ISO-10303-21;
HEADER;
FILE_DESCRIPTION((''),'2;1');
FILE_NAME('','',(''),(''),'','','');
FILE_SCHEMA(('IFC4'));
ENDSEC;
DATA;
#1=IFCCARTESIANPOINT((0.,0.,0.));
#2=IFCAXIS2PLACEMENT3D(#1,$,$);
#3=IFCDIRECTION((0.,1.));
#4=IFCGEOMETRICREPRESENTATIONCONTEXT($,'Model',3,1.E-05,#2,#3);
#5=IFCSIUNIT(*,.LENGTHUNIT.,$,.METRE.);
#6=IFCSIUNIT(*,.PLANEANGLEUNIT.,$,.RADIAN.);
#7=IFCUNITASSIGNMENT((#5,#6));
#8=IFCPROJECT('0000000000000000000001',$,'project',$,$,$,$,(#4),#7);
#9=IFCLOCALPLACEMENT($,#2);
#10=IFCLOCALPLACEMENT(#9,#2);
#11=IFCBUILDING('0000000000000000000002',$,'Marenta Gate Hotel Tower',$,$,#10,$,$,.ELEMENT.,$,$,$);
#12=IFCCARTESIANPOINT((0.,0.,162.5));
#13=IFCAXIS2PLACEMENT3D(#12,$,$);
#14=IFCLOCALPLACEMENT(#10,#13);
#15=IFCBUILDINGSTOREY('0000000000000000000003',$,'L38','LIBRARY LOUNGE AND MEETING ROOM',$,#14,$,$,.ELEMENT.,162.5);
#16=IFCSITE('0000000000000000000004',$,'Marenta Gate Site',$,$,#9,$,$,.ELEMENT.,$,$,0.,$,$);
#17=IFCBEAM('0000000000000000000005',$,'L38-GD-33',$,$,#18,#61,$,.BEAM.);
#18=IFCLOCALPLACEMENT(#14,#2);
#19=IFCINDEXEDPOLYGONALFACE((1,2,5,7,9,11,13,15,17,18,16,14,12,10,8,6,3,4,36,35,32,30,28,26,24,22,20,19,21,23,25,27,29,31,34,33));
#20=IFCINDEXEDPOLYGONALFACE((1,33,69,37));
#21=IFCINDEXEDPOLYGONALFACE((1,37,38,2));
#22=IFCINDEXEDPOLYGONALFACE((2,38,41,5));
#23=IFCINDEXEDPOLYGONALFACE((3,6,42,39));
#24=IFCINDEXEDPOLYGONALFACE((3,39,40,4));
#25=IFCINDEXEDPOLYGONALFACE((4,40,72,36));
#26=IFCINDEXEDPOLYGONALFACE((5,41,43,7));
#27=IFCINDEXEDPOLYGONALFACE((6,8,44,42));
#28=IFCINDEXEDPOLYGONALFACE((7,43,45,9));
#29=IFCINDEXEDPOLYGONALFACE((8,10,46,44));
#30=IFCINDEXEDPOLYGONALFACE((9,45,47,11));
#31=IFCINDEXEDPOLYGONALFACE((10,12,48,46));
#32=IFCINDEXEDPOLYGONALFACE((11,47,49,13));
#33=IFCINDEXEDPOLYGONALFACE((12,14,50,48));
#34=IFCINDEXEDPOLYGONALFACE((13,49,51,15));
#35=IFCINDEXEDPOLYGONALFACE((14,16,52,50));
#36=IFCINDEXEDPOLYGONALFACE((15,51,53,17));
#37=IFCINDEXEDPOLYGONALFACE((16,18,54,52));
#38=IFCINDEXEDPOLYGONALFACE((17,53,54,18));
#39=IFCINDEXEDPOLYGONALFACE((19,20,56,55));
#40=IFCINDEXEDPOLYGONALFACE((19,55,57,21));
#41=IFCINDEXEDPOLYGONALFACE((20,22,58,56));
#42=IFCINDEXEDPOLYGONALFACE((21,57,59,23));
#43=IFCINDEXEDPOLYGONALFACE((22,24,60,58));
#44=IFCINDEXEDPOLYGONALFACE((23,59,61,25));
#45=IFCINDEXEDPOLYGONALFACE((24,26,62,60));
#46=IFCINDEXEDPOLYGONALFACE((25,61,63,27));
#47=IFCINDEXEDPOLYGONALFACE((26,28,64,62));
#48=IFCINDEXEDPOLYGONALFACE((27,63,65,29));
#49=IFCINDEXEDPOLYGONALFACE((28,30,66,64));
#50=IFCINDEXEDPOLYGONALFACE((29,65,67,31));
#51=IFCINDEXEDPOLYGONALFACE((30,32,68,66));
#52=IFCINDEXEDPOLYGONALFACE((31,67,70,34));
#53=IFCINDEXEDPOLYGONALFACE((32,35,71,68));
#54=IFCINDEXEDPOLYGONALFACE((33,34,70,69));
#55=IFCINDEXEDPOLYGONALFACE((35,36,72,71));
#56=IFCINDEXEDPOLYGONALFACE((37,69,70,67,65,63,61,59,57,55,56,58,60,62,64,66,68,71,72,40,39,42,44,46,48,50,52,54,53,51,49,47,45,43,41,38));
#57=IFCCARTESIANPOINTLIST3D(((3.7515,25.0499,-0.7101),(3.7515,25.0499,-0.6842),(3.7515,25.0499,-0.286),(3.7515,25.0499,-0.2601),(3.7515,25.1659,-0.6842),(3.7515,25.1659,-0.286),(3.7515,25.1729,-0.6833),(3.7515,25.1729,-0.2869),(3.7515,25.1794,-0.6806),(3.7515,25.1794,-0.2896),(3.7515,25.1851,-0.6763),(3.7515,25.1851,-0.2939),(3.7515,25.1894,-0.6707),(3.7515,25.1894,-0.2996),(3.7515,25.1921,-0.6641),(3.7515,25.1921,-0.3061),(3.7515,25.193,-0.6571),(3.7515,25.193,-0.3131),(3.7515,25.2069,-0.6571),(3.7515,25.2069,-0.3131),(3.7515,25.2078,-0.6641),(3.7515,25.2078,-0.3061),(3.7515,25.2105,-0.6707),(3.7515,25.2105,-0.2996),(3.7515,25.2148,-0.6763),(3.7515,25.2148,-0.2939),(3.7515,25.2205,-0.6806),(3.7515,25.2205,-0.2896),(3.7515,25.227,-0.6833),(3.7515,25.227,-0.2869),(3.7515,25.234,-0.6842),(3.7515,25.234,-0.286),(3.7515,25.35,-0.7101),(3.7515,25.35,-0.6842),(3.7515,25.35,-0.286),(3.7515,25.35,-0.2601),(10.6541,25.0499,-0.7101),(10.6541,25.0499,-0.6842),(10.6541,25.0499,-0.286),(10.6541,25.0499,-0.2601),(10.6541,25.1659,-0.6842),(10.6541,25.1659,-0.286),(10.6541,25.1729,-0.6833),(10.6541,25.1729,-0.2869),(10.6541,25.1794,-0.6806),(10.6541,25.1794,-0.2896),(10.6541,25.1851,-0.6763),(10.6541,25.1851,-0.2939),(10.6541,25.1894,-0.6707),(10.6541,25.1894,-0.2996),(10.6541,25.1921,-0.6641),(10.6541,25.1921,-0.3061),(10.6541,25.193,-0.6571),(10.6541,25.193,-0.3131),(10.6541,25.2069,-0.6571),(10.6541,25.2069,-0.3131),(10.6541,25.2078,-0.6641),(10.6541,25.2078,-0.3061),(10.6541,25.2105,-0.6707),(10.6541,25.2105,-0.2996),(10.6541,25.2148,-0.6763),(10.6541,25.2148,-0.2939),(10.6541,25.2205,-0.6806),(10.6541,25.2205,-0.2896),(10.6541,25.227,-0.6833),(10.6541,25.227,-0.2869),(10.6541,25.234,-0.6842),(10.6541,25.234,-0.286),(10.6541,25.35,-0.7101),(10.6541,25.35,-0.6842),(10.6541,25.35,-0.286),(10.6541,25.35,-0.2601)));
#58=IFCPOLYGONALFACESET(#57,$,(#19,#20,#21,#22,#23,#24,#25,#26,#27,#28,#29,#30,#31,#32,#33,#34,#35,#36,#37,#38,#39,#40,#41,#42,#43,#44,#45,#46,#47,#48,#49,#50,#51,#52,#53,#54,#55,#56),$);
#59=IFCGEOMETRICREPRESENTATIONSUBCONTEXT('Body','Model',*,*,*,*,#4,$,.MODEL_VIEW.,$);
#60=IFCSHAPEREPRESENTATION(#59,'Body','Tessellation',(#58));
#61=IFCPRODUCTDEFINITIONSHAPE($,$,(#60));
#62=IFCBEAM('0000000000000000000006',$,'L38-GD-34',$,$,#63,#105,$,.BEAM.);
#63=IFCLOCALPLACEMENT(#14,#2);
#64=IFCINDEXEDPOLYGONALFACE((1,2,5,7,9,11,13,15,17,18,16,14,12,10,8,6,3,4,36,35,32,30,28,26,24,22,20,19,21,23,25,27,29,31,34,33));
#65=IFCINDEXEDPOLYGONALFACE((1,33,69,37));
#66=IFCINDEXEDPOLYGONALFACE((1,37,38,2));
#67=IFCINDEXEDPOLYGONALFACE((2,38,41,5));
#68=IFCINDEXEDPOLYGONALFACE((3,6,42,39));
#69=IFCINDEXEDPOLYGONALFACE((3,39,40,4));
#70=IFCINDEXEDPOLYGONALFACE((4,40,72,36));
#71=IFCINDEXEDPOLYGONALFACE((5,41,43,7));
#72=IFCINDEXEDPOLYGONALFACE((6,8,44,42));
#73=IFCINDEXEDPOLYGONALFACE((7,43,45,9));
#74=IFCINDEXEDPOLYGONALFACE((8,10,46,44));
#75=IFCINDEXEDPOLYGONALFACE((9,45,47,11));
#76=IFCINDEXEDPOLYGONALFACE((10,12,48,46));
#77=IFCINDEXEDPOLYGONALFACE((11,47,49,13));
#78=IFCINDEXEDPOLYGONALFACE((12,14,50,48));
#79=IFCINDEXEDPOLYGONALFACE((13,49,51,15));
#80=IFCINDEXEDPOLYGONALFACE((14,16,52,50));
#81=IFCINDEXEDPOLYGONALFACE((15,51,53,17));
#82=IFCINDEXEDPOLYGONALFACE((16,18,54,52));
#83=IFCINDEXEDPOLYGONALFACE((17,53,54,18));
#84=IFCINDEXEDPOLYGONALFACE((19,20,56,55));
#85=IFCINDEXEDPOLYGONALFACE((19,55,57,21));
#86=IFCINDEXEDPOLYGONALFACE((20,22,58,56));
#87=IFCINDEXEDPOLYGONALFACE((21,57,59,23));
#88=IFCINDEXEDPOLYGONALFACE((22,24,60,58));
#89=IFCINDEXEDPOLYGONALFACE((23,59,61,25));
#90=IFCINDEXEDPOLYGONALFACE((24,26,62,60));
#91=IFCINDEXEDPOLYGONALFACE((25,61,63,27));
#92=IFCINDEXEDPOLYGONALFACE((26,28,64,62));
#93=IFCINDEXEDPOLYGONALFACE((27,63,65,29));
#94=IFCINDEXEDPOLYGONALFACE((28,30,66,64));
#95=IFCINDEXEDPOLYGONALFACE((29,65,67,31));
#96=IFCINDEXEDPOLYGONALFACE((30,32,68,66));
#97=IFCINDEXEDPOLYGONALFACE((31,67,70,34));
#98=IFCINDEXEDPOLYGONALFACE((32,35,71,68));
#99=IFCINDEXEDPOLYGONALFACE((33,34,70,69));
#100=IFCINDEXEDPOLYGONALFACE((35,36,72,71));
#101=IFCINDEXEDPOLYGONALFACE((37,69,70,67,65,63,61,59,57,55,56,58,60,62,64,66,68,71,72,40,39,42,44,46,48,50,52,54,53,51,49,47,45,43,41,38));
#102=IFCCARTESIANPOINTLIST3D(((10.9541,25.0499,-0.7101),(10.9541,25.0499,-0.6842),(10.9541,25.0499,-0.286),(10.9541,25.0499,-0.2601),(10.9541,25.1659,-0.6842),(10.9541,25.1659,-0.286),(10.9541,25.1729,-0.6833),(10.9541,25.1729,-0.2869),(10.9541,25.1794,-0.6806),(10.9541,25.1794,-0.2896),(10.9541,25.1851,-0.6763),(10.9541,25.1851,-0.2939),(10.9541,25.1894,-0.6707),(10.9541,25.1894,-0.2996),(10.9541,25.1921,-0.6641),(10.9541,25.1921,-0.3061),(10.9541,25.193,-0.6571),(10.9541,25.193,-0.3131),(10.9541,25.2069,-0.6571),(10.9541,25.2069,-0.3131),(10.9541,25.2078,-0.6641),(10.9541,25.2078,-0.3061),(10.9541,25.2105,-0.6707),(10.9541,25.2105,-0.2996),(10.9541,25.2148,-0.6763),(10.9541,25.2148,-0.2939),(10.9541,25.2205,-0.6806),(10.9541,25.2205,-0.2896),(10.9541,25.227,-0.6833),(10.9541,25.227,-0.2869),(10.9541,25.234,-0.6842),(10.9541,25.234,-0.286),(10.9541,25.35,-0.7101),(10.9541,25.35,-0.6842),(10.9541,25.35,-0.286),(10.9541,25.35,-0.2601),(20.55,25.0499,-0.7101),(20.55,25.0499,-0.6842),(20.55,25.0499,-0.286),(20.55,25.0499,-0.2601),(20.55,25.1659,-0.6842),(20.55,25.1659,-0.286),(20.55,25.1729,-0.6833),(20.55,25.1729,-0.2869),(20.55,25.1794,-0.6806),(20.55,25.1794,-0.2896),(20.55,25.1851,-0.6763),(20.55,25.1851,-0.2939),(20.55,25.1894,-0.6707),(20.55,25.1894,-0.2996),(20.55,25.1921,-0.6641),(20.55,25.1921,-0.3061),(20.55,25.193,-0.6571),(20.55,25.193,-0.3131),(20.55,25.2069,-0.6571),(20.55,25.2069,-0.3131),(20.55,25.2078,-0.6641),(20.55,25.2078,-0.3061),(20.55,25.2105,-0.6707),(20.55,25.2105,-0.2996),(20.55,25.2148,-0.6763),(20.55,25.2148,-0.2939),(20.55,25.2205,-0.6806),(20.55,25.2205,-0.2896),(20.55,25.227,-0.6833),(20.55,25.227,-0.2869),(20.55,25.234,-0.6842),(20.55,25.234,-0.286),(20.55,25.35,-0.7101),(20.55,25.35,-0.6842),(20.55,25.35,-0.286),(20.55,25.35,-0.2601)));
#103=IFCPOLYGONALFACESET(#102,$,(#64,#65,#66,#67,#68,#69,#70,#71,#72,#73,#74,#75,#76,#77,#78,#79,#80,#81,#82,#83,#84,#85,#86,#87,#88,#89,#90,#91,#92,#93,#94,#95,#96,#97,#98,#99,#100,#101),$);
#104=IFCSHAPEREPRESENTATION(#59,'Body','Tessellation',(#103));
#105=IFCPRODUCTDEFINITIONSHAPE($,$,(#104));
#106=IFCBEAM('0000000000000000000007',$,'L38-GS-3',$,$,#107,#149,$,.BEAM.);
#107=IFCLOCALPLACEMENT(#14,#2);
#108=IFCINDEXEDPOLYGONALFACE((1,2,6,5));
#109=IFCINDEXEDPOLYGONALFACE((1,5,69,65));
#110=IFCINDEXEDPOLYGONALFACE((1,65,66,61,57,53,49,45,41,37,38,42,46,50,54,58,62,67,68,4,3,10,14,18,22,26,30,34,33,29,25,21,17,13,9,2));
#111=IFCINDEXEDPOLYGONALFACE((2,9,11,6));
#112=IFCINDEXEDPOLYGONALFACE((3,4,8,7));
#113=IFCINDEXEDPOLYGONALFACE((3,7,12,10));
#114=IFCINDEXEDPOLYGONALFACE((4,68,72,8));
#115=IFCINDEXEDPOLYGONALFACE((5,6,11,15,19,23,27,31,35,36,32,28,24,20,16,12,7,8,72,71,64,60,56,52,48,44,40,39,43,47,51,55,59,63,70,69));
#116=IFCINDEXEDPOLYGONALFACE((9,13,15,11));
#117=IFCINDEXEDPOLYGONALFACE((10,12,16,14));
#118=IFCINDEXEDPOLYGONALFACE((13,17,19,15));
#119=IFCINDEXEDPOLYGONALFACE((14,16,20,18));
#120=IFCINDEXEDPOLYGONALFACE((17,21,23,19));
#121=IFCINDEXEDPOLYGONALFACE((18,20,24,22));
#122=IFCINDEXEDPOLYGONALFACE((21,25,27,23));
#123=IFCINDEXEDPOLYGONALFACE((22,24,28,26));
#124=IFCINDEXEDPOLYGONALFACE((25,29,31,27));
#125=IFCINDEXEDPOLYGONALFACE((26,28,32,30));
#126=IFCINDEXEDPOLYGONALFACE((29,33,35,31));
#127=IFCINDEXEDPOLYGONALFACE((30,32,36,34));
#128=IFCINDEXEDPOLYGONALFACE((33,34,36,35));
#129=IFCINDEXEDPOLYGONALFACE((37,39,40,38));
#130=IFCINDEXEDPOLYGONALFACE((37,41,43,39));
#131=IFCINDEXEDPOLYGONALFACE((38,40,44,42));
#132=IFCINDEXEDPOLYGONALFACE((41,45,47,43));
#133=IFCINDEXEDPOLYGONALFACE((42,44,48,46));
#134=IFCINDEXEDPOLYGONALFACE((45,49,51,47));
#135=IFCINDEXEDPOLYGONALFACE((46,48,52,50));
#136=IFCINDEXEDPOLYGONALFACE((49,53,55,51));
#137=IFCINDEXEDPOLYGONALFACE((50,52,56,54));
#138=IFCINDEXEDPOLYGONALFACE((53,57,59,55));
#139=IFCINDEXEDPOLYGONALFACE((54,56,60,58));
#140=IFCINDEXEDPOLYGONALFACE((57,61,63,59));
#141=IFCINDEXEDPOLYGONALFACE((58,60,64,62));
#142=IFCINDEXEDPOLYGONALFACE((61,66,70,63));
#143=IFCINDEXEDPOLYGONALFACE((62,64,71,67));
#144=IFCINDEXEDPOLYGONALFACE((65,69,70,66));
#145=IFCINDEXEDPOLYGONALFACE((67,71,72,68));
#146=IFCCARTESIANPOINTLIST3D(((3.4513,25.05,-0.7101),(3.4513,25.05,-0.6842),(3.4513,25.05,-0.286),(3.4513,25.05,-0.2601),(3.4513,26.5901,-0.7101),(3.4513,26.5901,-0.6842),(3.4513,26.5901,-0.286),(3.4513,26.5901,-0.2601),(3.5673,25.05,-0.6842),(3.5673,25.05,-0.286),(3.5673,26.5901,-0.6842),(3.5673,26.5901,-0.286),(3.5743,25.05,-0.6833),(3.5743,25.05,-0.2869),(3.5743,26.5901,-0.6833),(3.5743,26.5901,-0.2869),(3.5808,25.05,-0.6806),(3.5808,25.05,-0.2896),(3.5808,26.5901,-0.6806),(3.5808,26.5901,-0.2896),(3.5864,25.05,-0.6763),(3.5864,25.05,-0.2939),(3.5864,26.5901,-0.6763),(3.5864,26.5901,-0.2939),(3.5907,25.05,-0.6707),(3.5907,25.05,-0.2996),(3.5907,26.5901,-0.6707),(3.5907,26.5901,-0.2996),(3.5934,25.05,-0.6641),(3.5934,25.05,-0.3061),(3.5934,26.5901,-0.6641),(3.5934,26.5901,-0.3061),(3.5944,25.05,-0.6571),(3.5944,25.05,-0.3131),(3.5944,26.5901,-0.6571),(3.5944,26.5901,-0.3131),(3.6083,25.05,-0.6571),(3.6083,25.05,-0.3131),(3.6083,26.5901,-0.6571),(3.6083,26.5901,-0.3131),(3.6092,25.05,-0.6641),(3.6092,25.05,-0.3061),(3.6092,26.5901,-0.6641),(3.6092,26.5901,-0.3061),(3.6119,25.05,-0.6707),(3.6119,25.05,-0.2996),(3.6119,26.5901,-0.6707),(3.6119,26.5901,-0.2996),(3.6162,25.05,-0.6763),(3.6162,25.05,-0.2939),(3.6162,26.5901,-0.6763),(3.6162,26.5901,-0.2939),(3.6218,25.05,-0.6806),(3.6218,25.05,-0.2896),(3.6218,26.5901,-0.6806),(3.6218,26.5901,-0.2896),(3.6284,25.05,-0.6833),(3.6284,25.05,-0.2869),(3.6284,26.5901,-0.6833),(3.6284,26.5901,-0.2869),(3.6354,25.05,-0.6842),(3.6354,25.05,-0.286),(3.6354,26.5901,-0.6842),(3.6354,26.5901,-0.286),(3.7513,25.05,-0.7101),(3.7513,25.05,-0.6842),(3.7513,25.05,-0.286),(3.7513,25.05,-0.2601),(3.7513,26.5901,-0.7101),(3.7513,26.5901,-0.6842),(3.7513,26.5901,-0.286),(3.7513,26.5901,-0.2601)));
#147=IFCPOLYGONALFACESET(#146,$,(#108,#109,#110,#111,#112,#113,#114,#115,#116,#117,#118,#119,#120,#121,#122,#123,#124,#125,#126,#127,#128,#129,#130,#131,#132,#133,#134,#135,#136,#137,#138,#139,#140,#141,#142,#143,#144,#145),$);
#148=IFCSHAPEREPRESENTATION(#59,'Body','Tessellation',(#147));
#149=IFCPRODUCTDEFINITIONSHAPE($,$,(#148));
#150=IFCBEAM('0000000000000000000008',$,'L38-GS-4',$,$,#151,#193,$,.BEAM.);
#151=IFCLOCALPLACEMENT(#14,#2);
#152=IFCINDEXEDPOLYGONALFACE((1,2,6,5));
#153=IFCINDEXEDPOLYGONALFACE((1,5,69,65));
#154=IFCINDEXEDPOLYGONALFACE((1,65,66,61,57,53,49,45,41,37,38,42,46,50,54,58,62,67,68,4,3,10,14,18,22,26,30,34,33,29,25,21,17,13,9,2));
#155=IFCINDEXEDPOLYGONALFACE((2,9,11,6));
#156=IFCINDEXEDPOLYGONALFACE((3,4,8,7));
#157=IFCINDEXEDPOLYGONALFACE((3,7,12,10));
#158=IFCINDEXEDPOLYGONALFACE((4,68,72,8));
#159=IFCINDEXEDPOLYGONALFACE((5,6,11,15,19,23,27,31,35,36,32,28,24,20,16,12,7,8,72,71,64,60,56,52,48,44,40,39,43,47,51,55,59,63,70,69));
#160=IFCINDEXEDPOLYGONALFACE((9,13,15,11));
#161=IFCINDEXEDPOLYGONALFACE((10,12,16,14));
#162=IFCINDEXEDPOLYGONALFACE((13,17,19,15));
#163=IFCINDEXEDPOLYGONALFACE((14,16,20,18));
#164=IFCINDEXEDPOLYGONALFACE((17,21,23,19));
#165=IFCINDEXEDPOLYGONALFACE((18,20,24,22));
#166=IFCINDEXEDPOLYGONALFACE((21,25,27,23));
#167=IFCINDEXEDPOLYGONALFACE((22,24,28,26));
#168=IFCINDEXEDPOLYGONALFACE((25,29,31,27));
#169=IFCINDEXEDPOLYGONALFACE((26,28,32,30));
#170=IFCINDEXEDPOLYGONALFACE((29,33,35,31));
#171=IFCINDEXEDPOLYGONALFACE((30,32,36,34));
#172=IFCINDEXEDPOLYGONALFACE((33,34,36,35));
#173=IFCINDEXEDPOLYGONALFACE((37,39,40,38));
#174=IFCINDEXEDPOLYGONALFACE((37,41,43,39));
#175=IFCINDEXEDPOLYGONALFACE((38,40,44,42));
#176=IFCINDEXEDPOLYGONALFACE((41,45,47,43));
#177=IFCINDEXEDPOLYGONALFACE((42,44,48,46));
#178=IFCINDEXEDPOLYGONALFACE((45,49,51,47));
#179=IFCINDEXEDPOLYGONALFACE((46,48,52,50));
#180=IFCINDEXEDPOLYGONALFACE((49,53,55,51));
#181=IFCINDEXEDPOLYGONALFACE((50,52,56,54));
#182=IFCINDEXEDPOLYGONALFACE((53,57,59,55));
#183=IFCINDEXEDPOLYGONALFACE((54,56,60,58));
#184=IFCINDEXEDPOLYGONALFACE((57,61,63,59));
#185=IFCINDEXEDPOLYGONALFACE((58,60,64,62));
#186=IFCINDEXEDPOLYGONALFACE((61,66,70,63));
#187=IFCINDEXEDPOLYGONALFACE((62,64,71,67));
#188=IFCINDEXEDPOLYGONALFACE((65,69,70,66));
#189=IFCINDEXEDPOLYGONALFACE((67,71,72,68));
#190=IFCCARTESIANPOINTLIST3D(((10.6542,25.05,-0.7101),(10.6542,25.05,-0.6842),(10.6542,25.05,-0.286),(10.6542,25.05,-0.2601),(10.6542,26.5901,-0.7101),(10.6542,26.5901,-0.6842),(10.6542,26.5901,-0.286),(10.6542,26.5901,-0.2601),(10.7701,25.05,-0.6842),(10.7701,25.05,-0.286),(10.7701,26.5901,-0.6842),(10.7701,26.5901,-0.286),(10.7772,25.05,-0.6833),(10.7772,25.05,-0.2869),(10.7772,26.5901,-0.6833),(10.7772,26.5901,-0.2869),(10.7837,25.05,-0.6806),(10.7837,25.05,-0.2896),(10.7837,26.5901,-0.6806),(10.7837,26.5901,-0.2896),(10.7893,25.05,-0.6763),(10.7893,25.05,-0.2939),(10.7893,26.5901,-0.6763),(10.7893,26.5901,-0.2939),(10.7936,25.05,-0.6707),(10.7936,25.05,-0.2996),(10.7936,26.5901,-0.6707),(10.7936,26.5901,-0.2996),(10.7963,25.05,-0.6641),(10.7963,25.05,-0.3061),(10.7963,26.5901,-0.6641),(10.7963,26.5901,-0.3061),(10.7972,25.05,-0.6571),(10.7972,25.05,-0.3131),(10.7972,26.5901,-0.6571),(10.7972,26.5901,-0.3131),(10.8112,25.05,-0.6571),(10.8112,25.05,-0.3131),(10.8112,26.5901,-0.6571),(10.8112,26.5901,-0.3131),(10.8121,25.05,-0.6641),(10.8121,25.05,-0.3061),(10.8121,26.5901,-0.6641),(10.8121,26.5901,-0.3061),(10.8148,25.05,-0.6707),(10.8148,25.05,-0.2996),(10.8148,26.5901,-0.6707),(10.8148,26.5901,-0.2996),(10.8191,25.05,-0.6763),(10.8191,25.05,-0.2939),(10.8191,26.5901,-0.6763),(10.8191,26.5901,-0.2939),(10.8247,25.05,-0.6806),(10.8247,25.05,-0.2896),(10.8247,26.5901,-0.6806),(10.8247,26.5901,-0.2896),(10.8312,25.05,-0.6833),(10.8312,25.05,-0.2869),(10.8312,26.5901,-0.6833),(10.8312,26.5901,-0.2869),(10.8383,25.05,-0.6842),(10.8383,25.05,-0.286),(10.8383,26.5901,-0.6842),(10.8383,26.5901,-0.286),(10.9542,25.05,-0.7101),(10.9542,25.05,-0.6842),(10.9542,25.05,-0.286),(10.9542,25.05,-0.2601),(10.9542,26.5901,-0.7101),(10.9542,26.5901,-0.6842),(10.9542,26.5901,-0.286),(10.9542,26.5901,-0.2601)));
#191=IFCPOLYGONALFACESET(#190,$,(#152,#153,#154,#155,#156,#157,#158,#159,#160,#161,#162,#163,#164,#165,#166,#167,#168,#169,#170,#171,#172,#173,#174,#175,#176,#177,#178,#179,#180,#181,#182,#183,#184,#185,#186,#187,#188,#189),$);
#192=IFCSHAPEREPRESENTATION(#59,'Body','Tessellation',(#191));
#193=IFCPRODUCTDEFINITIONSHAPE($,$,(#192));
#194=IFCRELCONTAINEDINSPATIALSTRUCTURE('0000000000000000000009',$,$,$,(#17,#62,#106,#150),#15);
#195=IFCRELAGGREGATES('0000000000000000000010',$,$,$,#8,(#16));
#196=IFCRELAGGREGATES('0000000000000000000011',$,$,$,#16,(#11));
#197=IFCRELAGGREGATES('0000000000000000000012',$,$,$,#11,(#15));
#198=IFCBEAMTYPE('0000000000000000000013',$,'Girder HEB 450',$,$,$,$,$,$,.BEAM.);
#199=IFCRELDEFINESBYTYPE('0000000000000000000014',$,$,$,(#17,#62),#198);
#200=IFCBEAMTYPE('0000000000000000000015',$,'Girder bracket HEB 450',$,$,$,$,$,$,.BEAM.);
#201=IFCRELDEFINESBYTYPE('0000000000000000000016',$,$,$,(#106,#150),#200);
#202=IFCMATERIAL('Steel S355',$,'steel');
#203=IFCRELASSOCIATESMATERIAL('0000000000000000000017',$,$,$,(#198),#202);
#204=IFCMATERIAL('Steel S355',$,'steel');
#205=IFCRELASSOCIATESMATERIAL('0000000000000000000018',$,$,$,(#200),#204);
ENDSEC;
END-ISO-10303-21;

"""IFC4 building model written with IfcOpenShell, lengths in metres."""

from ifc_helpers import new_model, si_unit, direction, frame, origin, origin_2d, place, context, subcontext, project, spatial, i_section, extrude, material, material_profile, profile_set, type_object, element, save


model = new_model("IFC4")

# Units and contexts
model_context = context("Model", 3, precision=1e-05, world=origin(), true_north=direction((0.0, 1.0)))
body_context = subcontext(model_context, "Body", "Model", "MODEL_VIEW")
ifc_project = project(units=[si_unit("LENGTHUNIT", "METRE"), si_unit("PLANEANGLEUNIT", "RADIAN")], contexts=[model_context])

# Site, building, storey
site_placement = place(None, origin())
site = spatial("IfcSite", under=ifc_project, at=site_placement, Name="Marenta Gate Site", CompositionType="ELEMENT", RefElevation=0.0)
building_placement = place(site_placement, origin())
building = spatial("IfcBuilding", under=site, at=building_placement, Name="Marenta Gate Hotel Tower", CompositionType="ELEMENT")
storey_placement = place(building_placement, frame((0.0, 0.0, 162.5)))
storey = spatial("IfcBuildingStorey", under=building, at=storey_placement, Name="L38", Description="LIBRARY LOUNGE AND MEETING ROOM", CompositionType="ELEMENT", Elevation=162.5)

# Beams
ifc_material_1 = material(Name="Steel S355", Category="steel")
ifc_material_profile_1 = material_profile(ifc_material_1, i_section(OverallWidth=0.3, OverallDepth=0.45, WebThickness=0.0139, FlangeThickness=0.0259, FilletRadius=0.0271, at=origin_2d()), Name="HEB 450")
ifc_profile_set_1 = profile_set([ifc_material_profile_1], Name="Steel S355")
beam_type_1 = type_object("IfcBeamType", Name="Girder HEB 450", PredefinedType="BEAM", material=ifc_profile_set_1)
beam_1_placement = place(storey_placement, frame((3.7515, 25.2, -0.4851), z_axis=(1.0, 0.0, 0.0), x_axis=(0.0, 1.0, 0.0)))
element("IfcBeam", 1, at=beam_1_placement, inside=storey, type_object=beam_type_1, Name="L38-GD-33", PredefinedType="BEAM", context=body_context, shape_type="SweptSolid", body=[
    extrude(i_section(OverallWidth=0.3, OverallDepth=0.45, WebThickness=0.0139, FlangeThickness=0.0259, FilletRadius=0.0271, at=origin_2d()), origin(), (0.0, 0.0, 1.0), 6.9026),
])
beam_2_placement = place(storey_placement, frame((10.9541, 25.2, -0.4851), z_axis=(1.0, 0.0, 0.0), x_axis=(0.0, 1.0, 0.0)))
element("IfcBeam", 2, at=beam_2_placement, inside=storey, type_object=beam_type_1, Name="L38-GD-34", PredefinedType="BEAM", context=body_context, shape_type="SweptSolid", body=[
    extrude(i_section(OverallWidth=0.3, OverallDepth=0.45, WebThickness=0.0139, FlangeThickness=0.0259, FilletRadius=0.0271, at=origin_2d()), origin(), (0.0, 0.0, 1.0), 9.5959),
])
ifc_material_2 = material(Name="Steel S355", Category="steel")
ifc_material_profile_2 = material_profile(ifc_material_2, i_section(OverallWidth=0.3, OverallDepth=0.45, WebThickness=0.0139, FlangeThickness=0.0259, FilletRadius=0.0271, at=origin_2d()), Name="HEB 450")
ifc_profile_set_2 = profile_set([ifc_material_profile_2], Name="Steel S355")
beam_type_2 = type_object("IfcBeamType", Name="Girder bracket HEB 450", PredefinedType="BEAM", material=ifc_profile_set_2)
for number, where, z_axis, x_axis, name in (
    (3, (3.6013, 25.05, -0.4851), (0.0, 1.0, 0.0), (-1.0, 0.0, 0.0), "L38-GS-3"),
    (4, (10.8042, 25.05, -0.4851), (0.0, 1.0, 0.0), (-1.0, 0.0, 0.0), "L38-GS-4"),
):
    element("IfcBeam", number, at=place(storey_placement, frame(where, z_axis=z_axis, x_axis=x_axis)), inside=storey, type_object=beam_type_2, Name=name, PredefinedType="BEAM", context=body_context, shape_type="SweptSolid", body=[
        extrude(i_section(OverallWidth=0.3, OverallDepth=0.45, WebThickness=0.0139, FlangeThickness=0.0259, FilletRadius=0.0271, at=origin_2d()), origin(), (0.0, 0.0, 1.0), 1.54),
    ])

save(model, "model.ifc")
